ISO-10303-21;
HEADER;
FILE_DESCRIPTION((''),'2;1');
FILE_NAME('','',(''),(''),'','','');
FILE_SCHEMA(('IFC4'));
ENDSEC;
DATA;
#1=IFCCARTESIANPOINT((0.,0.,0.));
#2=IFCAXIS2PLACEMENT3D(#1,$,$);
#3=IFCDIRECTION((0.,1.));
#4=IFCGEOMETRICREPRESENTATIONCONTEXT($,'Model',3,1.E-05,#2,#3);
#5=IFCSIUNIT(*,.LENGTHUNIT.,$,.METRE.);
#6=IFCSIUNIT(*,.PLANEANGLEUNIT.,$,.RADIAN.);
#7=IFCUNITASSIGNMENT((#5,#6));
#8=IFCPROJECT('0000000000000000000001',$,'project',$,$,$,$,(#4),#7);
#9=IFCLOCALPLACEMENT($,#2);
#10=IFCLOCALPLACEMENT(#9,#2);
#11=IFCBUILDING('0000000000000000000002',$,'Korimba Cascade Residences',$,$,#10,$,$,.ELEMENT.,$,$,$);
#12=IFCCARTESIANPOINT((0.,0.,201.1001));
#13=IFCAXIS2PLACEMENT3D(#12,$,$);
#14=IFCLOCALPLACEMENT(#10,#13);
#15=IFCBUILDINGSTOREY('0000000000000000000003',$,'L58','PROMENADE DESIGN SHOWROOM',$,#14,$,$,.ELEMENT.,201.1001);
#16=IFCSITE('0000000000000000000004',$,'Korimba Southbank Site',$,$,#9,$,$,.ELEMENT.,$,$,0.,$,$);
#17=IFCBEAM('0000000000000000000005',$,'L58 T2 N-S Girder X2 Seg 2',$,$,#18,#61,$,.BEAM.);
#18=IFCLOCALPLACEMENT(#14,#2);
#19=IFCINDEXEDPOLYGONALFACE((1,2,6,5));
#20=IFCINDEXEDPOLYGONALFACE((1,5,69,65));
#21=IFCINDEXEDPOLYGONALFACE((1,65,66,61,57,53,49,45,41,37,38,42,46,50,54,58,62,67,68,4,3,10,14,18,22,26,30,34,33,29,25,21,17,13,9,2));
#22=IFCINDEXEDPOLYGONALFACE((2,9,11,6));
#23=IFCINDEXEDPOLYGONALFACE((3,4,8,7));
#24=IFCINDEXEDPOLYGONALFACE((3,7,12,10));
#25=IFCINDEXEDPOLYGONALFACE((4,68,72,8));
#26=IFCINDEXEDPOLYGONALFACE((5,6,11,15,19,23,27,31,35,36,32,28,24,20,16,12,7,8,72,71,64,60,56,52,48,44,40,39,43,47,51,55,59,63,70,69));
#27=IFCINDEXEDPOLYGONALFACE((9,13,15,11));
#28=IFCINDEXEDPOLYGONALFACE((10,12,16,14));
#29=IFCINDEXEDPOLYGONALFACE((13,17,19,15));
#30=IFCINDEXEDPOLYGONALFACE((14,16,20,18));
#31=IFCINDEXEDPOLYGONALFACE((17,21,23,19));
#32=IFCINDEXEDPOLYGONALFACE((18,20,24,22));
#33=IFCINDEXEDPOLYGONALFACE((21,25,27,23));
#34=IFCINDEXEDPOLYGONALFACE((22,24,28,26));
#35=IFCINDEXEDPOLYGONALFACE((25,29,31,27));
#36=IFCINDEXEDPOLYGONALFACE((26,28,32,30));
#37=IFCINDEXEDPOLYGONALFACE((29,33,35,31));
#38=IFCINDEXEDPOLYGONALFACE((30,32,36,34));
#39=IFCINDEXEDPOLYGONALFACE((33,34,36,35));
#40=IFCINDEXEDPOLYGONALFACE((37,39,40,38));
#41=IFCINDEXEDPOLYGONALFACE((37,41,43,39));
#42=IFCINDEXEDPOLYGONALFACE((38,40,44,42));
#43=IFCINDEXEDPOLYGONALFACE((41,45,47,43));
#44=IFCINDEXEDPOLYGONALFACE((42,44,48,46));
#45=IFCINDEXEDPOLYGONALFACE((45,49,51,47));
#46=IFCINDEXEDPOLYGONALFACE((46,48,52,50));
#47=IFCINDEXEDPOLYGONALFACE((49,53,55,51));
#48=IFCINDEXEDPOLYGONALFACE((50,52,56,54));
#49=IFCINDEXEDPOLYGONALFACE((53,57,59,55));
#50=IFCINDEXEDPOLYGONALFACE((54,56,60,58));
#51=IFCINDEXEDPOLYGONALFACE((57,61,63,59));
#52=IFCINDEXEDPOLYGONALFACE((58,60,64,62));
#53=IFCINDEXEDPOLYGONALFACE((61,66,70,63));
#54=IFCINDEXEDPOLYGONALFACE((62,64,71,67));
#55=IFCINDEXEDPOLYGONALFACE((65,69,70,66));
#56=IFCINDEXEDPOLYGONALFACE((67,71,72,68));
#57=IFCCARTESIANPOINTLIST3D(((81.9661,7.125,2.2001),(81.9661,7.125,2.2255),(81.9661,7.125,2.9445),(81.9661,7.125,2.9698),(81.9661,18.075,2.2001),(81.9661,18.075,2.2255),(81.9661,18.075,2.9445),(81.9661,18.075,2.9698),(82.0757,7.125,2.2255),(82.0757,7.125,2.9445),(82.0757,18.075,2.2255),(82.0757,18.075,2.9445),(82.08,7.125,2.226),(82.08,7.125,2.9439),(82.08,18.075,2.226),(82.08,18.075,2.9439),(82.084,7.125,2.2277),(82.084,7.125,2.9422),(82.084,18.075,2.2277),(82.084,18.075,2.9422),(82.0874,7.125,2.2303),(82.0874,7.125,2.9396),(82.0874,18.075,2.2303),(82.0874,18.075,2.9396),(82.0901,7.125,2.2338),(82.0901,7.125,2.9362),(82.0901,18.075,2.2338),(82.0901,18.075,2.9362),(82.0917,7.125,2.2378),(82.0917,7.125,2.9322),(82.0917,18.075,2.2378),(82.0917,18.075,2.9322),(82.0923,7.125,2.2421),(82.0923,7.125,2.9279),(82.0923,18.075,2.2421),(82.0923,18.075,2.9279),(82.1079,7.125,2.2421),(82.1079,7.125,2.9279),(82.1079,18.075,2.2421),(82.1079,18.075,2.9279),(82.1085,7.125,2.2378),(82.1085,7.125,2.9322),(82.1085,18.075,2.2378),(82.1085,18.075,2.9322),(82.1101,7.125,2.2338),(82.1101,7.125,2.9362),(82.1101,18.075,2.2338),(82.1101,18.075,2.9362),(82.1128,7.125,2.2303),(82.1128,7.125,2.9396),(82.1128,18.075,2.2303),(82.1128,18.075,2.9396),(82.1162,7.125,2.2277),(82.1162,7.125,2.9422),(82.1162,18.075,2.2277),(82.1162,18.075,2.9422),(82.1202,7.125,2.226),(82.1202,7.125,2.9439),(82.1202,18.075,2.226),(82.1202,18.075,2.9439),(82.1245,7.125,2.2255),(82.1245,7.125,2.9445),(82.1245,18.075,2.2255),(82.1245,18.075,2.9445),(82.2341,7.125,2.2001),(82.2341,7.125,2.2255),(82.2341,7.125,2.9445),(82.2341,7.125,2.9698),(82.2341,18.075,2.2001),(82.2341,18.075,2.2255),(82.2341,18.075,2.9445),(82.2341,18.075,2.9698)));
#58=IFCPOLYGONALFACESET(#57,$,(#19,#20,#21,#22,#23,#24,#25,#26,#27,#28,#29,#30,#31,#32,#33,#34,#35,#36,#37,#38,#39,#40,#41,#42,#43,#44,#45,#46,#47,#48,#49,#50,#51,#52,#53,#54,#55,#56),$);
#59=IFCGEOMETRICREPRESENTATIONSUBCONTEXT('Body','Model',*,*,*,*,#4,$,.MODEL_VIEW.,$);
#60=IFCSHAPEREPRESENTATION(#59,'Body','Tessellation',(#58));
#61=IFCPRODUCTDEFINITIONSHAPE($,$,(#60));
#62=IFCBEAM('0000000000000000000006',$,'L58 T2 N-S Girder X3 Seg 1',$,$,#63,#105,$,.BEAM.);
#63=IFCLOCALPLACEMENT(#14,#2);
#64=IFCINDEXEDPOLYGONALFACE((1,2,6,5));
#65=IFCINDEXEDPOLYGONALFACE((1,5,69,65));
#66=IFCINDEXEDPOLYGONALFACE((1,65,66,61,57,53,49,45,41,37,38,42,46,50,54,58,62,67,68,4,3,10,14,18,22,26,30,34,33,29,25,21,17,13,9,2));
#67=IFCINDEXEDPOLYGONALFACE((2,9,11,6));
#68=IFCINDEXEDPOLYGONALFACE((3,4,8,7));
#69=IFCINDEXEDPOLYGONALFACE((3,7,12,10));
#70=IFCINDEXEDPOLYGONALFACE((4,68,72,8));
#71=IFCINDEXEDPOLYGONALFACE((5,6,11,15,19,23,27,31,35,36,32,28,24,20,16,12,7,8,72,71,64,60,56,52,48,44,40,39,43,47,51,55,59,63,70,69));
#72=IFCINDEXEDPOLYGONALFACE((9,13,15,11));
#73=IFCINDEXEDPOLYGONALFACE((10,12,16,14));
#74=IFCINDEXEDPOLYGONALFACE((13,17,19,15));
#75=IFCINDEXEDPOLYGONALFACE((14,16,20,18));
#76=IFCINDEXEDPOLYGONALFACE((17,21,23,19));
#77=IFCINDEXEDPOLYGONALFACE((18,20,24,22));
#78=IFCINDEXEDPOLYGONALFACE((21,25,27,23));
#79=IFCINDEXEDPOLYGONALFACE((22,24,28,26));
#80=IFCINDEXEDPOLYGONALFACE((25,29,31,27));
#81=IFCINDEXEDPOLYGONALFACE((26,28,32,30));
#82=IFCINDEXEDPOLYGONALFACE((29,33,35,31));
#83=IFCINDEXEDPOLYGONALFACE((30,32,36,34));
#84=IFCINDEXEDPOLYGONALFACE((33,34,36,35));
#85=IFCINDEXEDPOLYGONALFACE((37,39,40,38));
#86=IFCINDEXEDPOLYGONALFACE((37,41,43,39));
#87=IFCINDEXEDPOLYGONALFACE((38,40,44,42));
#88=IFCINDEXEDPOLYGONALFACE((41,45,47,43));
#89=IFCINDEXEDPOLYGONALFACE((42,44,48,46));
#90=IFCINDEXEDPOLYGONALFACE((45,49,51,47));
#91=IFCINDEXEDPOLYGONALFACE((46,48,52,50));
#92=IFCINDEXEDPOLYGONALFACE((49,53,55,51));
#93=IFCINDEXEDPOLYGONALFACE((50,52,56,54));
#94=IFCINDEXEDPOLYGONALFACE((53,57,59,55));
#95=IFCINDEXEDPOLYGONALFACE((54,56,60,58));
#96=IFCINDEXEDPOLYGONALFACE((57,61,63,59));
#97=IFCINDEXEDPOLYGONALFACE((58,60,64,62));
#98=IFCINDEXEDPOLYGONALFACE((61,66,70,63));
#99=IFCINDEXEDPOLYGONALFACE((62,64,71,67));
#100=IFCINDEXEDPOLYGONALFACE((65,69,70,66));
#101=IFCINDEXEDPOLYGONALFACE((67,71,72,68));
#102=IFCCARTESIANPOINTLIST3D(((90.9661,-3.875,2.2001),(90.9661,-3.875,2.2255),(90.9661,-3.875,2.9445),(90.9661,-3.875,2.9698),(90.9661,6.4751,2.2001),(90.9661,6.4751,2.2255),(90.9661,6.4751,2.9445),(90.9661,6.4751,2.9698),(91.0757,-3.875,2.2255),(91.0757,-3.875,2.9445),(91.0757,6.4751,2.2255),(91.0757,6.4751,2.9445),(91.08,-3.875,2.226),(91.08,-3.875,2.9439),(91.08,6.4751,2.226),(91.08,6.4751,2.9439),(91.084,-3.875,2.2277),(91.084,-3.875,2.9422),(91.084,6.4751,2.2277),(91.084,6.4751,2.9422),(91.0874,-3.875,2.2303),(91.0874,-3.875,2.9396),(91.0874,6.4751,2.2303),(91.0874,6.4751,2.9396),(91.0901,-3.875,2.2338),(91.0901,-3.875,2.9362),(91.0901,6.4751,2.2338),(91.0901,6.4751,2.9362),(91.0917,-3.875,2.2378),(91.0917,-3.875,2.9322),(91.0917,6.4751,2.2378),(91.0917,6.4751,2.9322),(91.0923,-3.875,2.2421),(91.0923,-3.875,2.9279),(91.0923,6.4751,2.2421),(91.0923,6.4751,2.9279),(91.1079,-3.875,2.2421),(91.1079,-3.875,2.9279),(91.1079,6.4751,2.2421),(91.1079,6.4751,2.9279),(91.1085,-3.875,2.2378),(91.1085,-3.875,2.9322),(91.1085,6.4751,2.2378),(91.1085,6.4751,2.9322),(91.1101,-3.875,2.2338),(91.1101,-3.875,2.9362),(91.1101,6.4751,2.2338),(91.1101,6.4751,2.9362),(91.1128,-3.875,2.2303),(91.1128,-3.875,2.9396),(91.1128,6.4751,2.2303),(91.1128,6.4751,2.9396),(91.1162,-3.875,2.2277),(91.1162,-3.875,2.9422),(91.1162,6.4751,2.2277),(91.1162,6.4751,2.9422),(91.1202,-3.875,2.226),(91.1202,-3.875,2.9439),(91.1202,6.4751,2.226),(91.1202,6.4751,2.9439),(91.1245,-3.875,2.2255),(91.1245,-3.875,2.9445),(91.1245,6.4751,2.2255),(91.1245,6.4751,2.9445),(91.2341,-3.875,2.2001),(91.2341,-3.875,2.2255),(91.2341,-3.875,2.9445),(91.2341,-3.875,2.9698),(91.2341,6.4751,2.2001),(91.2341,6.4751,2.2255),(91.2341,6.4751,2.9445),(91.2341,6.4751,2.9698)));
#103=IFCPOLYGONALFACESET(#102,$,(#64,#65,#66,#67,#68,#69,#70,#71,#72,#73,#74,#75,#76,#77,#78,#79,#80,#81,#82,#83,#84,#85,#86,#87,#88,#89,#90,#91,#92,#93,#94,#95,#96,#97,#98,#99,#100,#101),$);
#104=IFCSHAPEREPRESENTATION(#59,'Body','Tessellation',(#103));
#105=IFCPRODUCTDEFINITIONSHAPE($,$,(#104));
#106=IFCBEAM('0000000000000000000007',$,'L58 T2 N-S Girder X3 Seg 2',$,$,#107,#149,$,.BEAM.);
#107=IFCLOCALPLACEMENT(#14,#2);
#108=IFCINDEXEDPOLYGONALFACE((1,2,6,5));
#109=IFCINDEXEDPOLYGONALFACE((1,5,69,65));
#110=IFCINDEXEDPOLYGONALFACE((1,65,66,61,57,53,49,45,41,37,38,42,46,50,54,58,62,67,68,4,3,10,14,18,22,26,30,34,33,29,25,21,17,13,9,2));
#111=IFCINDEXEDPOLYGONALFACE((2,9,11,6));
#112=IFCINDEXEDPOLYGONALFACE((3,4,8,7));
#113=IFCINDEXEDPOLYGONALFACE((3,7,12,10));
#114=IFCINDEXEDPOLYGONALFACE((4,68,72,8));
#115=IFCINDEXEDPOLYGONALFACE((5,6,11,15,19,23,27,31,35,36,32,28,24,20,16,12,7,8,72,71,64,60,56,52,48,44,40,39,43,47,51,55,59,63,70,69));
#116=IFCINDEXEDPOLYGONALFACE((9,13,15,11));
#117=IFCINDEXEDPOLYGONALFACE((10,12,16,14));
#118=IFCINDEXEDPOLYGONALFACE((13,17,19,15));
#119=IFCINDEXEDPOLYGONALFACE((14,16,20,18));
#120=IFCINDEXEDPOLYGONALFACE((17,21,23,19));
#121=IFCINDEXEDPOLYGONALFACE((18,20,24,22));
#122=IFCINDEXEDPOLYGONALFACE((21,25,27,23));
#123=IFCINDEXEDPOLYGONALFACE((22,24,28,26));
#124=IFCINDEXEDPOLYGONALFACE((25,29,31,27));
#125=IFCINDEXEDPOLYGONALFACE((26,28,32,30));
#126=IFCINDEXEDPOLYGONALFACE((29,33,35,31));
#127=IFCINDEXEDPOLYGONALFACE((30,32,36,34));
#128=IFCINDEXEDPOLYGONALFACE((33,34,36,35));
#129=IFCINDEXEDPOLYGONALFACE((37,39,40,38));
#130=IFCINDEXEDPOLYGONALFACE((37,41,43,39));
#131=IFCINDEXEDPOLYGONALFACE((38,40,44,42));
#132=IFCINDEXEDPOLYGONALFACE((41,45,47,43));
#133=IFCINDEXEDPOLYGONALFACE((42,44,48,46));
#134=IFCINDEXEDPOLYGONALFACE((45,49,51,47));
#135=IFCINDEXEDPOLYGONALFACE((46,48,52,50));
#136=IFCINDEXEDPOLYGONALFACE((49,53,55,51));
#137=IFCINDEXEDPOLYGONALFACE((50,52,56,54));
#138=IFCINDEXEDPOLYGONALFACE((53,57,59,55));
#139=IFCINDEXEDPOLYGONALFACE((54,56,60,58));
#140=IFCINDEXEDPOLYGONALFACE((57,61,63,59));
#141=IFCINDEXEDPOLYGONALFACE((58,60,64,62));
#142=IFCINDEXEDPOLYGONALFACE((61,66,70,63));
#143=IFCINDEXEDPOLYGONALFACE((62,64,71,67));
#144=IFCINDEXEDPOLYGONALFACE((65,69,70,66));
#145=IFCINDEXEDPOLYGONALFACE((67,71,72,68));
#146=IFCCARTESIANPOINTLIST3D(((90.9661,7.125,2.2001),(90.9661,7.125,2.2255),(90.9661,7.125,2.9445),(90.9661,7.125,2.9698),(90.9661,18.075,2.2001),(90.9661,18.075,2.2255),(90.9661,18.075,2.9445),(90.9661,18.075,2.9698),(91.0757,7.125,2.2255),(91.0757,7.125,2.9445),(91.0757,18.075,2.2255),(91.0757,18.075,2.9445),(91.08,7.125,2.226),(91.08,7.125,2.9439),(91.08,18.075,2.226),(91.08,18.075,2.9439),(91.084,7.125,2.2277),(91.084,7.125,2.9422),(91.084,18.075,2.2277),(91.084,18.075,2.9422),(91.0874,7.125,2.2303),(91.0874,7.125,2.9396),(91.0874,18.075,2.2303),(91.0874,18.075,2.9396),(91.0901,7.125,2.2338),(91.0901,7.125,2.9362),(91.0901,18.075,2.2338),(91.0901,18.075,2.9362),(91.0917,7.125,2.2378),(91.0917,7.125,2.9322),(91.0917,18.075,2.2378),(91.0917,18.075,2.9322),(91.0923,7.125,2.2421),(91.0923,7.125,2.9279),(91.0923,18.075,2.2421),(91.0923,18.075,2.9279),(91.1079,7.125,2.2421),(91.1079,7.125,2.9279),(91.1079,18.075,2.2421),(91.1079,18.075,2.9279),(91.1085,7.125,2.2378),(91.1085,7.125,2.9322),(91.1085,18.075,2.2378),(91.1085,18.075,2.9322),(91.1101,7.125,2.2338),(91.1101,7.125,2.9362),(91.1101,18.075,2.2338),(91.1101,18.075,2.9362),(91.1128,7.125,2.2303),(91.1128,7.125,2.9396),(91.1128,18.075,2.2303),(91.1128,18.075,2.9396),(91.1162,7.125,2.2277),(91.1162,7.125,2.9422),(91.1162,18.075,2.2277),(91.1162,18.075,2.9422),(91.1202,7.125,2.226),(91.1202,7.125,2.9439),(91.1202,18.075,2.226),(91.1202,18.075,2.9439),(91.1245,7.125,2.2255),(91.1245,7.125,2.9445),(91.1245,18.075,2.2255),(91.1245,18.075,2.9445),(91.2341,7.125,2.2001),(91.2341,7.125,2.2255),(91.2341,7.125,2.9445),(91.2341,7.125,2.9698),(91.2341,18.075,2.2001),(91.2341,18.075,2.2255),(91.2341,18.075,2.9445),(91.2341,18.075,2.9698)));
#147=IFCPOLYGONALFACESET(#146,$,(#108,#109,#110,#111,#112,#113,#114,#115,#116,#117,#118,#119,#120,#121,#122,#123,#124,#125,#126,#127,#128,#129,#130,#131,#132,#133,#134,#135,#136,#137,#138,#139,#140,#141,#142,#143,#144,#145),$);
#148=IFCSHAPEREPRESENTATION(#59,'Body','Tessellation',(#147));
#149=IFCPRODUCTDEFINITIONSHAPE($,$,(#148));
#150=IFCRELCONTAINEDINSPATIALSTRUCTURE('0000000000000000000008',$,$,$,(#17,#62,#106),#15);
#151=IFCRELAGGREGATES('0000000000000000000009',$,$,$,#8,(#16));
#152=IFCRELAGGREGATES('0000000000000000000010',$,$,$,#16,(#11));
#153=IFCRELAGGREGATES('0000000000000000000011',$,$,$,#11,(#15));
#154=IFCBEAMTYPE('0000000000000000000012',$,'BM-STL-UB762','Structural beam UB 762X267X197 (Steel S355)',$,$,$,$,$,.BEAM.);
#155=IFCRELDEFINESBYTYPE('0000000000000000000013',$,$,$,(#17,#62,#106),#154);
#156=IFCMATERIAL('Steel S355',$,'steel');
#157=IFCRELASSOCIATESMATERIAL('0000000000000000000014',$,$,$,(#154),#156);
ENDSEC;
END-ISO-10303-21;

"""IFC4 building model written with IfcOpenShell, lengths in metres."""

from ifc_helpers import new_model, si_unit, direction, frame, origin, origin_2d, place, context, subcontext, project, spatial, i_section, extrude, material, material_profile, profile_set, type_object, element, save


model = new_model("IFC4")

# Units and contexts
model_context = context("Model", 3, precision=1e-05, world=origin(), true_north=direction((0.0, 1.0)))
body_context = subcontext(model_context, "Body", "Model", "MODEL_VIEW")
ifc_project = project(units=[si_unit("LENGTHUNIT", "METRE"), si_unit("PLANEANGLEUNIT", "RADIAN")], contexts=[model_context])

# Site, building, storey
site_placement = place(None, origin())
site = spatial("IfcSite", under=ifc_project, at=site_placement, Name="Korimba Southbank Site", CompositionType="ELEMENT", RefElevation=0.0)
building_placement = place(site_placement, origin())
building = spatial("IfcBuilding", under=site, at=building_placement, Name="Korimba Cascade Residences", CompositionType="ELEMENT")
storey_placement = place(building_placement, frame((0.0, 0.0, 201.1001)))
storey = spatial("IfcBuildingStorey", under=building, at=storey_placement, Name="L58", Description="PROMENADE DESIGN SHOWROOM", CompositionType="ELEMENT", Elevation=201.1001)

# Beams
ifc_material_1 = material(Name="Steel S355", Category="steel")
ifc_material_profile_1 = material_profile(ifc_material_1, i_section(OverallWidth=0.2681, OverallDepth=0.7698, WebThickness=0.0156, FlangeThickness=0.0254, FilletRadius=0.0166, at=origin_2d()), Name="Steel S355")
ifc_profile_set_1 = profile_set([ifc_material_profile_1], Name="Steel S355")
beam_type_1 = type_object("IfcBeamType", Name="BM-STL-UB762", Description="Structural beam UB 762X267X197 (Steel S355)", PredefinedType="BEAM", material=ifc_profile_set_1)
beam_1_placement = place(storey_placement, frame((82.1001, 7.125, 2.585), z_axis=(0.0, 1.0, 0.0), x_axis=(-1.0, 0.0, 0.0)))
element("IfcBeam", 1, at=beam_1_placement, inside=storey, type_object=beam_type_1, Name="L58 T2 N-S Girder X2 Seg 2", PredefinedType="BEAM", context=body_context, shape_type="SweptSolid", body=[
    extrude(i_section(OverallWidth=0.2681, OverallDepth=0.7698, WebThickness=0.0156, FlangeThickness=0.0254, FilletRadius=0.0166, at=origin_2d()), origin(), (0.0, 0.0, 1.0), 10.95),
])
beam_2_placement = place(storey_placement, frame((91.1001, -3.875, 2.585), z_axis=(0.0, 1.0, 0.0), x_axis=(-1.0, 0.0, 0.0)))
element("IfcBeam", 2, at=beam_2_placement, inside=storey, type_object=beam_type_1, Name="L58 T2 N-S Girder X3 Seg 1", PredefinedType="BEAM", context=body_context, shape_type="SweptSolid", body=[
    extrude(i_section(OverallWidth=0.2681, OverallDepth=0.7698, WebThickness=0.0156, FlangeThickness=0.0254, FilletRadius=0.0166, at=origin_2d()), origin(), (0.0, 0.0, 1.0), 10.3501),
])
beam_3_placement = place(storey_placement, frame((91.1001, 7.125, 2.585), z_axis=(0.0, 1.0, 0.0), x_axis=(-1.0, 0.0, 0.0)))
element("IfcBeam", 3, at=beam_3_placement, inside=storey, type_object=beam_type_1, Name="L58 T2 N-S Girder X3 Seg 2", PredefinedType="BEAM", context=body_context, shape_type="SweptSolid", body=[
    extrude(i_section(OverallWidth=0.2681, OverallDepth=0.7698, WebThickness=0.0156, FlangeThickness=0.0254, FilletRadius=0.0166, at=origin_2d()), origin(), (0.0, 0.0, 1.0), 10.95),
])

save(model, "model.ifc")
